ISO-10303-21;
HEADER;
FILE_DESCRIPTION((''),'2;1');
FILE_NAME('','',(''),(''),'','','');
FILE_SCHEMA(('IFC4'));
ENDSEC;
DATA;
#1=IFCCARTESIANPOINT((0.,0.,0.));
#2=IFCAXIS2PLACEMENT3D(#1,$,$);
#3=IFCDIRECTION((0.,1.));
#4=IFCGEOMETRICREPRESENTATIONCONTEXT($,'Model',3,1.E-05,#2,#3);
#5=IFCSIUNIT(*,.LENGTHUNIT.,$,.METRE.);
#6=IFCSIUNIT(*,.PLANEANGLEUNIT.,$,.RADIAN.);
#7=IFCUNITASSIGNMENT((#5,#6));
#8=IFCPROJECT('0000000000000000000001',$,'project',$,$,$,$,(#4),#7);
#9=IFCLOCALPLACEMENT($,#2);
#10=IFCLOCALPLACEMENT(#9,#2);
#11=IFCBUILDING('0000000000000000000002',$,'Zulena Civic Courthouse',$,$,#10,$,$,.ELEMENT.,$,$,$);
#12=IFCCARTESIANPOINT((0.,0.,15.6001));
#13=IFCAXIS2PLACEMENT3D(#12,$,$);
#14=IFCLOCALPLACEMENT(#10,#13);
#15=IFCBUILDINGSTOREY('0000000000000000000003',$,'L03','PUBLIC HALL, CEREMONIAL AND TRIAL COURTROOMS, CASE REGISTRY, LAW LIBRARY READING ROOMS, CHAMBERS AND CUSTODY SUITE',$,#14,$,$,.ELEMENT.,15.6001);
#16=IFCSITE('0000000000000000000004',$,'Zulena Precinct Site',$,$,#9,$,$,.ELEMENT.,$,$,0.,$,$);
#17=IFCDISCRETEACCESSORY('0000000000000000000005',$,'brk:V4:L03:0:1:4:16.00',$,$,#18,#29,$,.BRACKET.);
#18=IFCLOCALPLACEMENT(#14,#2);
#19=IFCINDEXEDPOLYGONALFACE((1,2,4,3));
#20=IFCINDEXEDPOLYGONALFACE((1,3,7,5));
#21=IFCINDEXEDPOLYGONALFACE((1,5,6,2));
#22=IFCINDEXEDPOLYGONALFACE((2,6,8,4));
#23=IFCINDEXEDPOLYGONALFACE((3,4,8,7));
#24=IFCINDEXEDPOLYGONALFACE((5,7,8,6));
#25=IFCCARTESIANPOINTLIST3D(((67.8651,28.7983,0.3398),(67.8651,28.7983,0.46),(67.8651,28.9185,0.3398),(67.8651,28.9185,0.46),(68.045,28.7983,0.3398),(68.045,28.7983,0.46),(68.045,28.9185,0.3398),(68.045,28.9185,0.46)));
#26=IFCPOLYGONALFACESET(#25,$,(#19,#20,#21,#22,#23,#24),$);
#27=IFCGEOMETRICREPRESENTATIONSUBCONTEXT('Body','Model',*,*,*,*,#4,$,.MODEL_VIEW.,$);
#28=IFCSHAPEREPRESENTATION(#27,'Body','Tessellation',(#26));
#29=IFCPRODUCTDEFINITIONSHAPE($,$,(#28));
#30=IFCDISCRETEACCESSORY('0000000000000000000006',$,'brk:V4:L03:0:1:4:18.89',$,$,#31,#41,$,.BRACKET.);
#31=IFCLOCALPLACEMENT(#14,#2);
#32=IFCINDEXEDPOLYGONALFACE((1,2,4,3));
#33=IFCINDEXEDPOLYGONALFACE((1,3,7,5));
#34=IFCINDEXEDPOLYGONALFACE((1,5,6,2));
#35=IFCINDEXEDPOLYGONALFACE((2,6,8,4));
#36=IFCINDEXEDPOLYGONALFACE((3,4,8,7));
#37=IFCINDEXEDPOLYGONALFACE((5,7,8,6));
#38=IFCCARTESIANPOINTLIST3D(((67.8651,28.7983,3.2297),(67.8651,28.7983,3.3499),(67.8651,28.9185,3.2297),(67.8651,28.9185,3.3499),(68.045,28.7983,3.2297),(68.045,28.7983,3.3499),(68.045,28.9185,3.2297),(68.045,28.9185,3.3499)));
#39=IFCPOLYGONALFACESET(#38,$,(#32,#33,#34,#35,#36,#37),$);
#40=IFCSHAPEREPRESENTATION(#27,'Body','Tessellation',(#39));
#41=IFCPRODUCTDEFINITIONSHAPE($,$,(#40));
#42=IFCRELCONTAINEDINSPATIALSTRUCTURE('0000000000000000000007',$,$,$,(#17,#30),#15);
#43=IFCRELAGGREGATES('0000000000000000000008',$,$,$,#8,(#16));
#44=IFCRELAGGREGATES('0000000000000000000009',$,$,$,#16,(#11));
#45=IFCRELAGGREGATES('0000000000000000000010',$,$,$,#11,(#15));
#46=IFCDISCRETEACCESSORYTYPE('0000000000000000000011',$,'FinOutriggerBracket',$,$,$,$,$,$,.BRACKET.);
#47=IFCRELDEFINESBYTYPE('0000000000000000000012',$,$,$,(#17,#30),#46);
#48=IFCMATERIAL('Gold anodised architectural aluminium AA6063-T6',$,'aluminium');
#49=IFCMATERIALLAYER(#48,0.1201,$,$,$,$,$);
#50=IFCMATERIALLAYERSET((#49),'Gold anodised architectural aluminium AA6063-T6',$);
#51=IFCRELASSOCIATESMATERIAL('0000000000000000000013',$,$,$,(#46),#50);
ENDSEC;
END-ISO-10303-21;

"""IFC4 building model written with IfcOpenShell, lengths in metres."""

from ifc_helpers import new_model, si_unit, direction, frame, origin, origin_2d, place, context, subcontext, project, spatial, rectangle, extrude, material, layer, layer_set, type_object, element, save


model = new_model("IFC4")

# Units and contexts
model_context = context("Model", 3, precision=1e-05, world=origin(), true_north=direction((0.0, 1.0)))
body_context = subcontext(model_context, "Body", "Model", "MODEL_VIEW")
ifc_project = project(units=[si_unit("LENGTHUNIT", "METRE"), si_unit("PLANEANGLEUNIT", "RADIAN")], contexts=[model_context])

# Site, building, storey
site_placement = place(None, origin())
site = spatial("IfcSite", under=ifc_project, at=site_placement, Name="Zulena Precinct Site", CompositionType="ELEMENT", RefElevation=0.0)
building_placement = place(site_placement, origin())
building = spatial("IfcBuilding", under=site, at=building_placement, Name="Zulena Civic Courthouse", CompositionType="ELEMENT")
storey_placement = place(building_placement, frame((0.0, 0.0, 15.6001)))
storey = spatial("IfcBuildingStorey", under=building, at=storey_placement, Name="L03", Description="PUBLIC HALL, CEREMONIAL AND TRIAL COURTROOMS, CASE REGISTRY, LAW LIBRARY READING ROOMS, CHAMBERS AND CUSTODY SUITE", CompositionType="ELEMENT", Elevation=15.6001)

# Discrete accessories
ifc_material_1 = material(Name="Gold anodised architectural aluminium AA6063-T6", Category="aluminium")
ifc_layer_1 = layer(ifc_material_1, 0.1201)
ifc_layer_set_1 = layer_set([ifc_layer_1], Name="Gold anodised architectural aluminium AA6063-T6")
discrete_accessory_type = type_object("IfcDiscreteAccessoryType", Name="FinOutriggerBracket", PredefinedType="BRACKET", material=ifc_layer_set_1)
for number, where, z_axis, x_axis, name in (
    (1, (67.9551, 28.8584, 0.3398), (0.0, 0.0, 1.0), (-1.0, 0.0, 0.0), "brk:V4:L03:0:1:4:16.00"),
    (2, (67.9551, 28.8584, 3.2297), (0.0, 0.0, 1.0), (-1.0, 0.0, 0.0), "brk:V4:L03:0:1:4:18.89"),
):
    element("IfcDiscreteAccessory", number, at=place(storey_placement, frame(where, z_axis=z_axis, x_axis=x_axis)), inside=storey, type_object=discrete_accessory_type, Name=name, PredefinedType="BRACKET", context=body_context, shape_type="SweptSolid", body=[
        extrude(rectangle(XDim=0.1799, YDim=0.1201, at=origin_2d()), origin(), (0.0, 0.0, 1.0), 0.1201),
    ])

save(model, "model.ifc")
